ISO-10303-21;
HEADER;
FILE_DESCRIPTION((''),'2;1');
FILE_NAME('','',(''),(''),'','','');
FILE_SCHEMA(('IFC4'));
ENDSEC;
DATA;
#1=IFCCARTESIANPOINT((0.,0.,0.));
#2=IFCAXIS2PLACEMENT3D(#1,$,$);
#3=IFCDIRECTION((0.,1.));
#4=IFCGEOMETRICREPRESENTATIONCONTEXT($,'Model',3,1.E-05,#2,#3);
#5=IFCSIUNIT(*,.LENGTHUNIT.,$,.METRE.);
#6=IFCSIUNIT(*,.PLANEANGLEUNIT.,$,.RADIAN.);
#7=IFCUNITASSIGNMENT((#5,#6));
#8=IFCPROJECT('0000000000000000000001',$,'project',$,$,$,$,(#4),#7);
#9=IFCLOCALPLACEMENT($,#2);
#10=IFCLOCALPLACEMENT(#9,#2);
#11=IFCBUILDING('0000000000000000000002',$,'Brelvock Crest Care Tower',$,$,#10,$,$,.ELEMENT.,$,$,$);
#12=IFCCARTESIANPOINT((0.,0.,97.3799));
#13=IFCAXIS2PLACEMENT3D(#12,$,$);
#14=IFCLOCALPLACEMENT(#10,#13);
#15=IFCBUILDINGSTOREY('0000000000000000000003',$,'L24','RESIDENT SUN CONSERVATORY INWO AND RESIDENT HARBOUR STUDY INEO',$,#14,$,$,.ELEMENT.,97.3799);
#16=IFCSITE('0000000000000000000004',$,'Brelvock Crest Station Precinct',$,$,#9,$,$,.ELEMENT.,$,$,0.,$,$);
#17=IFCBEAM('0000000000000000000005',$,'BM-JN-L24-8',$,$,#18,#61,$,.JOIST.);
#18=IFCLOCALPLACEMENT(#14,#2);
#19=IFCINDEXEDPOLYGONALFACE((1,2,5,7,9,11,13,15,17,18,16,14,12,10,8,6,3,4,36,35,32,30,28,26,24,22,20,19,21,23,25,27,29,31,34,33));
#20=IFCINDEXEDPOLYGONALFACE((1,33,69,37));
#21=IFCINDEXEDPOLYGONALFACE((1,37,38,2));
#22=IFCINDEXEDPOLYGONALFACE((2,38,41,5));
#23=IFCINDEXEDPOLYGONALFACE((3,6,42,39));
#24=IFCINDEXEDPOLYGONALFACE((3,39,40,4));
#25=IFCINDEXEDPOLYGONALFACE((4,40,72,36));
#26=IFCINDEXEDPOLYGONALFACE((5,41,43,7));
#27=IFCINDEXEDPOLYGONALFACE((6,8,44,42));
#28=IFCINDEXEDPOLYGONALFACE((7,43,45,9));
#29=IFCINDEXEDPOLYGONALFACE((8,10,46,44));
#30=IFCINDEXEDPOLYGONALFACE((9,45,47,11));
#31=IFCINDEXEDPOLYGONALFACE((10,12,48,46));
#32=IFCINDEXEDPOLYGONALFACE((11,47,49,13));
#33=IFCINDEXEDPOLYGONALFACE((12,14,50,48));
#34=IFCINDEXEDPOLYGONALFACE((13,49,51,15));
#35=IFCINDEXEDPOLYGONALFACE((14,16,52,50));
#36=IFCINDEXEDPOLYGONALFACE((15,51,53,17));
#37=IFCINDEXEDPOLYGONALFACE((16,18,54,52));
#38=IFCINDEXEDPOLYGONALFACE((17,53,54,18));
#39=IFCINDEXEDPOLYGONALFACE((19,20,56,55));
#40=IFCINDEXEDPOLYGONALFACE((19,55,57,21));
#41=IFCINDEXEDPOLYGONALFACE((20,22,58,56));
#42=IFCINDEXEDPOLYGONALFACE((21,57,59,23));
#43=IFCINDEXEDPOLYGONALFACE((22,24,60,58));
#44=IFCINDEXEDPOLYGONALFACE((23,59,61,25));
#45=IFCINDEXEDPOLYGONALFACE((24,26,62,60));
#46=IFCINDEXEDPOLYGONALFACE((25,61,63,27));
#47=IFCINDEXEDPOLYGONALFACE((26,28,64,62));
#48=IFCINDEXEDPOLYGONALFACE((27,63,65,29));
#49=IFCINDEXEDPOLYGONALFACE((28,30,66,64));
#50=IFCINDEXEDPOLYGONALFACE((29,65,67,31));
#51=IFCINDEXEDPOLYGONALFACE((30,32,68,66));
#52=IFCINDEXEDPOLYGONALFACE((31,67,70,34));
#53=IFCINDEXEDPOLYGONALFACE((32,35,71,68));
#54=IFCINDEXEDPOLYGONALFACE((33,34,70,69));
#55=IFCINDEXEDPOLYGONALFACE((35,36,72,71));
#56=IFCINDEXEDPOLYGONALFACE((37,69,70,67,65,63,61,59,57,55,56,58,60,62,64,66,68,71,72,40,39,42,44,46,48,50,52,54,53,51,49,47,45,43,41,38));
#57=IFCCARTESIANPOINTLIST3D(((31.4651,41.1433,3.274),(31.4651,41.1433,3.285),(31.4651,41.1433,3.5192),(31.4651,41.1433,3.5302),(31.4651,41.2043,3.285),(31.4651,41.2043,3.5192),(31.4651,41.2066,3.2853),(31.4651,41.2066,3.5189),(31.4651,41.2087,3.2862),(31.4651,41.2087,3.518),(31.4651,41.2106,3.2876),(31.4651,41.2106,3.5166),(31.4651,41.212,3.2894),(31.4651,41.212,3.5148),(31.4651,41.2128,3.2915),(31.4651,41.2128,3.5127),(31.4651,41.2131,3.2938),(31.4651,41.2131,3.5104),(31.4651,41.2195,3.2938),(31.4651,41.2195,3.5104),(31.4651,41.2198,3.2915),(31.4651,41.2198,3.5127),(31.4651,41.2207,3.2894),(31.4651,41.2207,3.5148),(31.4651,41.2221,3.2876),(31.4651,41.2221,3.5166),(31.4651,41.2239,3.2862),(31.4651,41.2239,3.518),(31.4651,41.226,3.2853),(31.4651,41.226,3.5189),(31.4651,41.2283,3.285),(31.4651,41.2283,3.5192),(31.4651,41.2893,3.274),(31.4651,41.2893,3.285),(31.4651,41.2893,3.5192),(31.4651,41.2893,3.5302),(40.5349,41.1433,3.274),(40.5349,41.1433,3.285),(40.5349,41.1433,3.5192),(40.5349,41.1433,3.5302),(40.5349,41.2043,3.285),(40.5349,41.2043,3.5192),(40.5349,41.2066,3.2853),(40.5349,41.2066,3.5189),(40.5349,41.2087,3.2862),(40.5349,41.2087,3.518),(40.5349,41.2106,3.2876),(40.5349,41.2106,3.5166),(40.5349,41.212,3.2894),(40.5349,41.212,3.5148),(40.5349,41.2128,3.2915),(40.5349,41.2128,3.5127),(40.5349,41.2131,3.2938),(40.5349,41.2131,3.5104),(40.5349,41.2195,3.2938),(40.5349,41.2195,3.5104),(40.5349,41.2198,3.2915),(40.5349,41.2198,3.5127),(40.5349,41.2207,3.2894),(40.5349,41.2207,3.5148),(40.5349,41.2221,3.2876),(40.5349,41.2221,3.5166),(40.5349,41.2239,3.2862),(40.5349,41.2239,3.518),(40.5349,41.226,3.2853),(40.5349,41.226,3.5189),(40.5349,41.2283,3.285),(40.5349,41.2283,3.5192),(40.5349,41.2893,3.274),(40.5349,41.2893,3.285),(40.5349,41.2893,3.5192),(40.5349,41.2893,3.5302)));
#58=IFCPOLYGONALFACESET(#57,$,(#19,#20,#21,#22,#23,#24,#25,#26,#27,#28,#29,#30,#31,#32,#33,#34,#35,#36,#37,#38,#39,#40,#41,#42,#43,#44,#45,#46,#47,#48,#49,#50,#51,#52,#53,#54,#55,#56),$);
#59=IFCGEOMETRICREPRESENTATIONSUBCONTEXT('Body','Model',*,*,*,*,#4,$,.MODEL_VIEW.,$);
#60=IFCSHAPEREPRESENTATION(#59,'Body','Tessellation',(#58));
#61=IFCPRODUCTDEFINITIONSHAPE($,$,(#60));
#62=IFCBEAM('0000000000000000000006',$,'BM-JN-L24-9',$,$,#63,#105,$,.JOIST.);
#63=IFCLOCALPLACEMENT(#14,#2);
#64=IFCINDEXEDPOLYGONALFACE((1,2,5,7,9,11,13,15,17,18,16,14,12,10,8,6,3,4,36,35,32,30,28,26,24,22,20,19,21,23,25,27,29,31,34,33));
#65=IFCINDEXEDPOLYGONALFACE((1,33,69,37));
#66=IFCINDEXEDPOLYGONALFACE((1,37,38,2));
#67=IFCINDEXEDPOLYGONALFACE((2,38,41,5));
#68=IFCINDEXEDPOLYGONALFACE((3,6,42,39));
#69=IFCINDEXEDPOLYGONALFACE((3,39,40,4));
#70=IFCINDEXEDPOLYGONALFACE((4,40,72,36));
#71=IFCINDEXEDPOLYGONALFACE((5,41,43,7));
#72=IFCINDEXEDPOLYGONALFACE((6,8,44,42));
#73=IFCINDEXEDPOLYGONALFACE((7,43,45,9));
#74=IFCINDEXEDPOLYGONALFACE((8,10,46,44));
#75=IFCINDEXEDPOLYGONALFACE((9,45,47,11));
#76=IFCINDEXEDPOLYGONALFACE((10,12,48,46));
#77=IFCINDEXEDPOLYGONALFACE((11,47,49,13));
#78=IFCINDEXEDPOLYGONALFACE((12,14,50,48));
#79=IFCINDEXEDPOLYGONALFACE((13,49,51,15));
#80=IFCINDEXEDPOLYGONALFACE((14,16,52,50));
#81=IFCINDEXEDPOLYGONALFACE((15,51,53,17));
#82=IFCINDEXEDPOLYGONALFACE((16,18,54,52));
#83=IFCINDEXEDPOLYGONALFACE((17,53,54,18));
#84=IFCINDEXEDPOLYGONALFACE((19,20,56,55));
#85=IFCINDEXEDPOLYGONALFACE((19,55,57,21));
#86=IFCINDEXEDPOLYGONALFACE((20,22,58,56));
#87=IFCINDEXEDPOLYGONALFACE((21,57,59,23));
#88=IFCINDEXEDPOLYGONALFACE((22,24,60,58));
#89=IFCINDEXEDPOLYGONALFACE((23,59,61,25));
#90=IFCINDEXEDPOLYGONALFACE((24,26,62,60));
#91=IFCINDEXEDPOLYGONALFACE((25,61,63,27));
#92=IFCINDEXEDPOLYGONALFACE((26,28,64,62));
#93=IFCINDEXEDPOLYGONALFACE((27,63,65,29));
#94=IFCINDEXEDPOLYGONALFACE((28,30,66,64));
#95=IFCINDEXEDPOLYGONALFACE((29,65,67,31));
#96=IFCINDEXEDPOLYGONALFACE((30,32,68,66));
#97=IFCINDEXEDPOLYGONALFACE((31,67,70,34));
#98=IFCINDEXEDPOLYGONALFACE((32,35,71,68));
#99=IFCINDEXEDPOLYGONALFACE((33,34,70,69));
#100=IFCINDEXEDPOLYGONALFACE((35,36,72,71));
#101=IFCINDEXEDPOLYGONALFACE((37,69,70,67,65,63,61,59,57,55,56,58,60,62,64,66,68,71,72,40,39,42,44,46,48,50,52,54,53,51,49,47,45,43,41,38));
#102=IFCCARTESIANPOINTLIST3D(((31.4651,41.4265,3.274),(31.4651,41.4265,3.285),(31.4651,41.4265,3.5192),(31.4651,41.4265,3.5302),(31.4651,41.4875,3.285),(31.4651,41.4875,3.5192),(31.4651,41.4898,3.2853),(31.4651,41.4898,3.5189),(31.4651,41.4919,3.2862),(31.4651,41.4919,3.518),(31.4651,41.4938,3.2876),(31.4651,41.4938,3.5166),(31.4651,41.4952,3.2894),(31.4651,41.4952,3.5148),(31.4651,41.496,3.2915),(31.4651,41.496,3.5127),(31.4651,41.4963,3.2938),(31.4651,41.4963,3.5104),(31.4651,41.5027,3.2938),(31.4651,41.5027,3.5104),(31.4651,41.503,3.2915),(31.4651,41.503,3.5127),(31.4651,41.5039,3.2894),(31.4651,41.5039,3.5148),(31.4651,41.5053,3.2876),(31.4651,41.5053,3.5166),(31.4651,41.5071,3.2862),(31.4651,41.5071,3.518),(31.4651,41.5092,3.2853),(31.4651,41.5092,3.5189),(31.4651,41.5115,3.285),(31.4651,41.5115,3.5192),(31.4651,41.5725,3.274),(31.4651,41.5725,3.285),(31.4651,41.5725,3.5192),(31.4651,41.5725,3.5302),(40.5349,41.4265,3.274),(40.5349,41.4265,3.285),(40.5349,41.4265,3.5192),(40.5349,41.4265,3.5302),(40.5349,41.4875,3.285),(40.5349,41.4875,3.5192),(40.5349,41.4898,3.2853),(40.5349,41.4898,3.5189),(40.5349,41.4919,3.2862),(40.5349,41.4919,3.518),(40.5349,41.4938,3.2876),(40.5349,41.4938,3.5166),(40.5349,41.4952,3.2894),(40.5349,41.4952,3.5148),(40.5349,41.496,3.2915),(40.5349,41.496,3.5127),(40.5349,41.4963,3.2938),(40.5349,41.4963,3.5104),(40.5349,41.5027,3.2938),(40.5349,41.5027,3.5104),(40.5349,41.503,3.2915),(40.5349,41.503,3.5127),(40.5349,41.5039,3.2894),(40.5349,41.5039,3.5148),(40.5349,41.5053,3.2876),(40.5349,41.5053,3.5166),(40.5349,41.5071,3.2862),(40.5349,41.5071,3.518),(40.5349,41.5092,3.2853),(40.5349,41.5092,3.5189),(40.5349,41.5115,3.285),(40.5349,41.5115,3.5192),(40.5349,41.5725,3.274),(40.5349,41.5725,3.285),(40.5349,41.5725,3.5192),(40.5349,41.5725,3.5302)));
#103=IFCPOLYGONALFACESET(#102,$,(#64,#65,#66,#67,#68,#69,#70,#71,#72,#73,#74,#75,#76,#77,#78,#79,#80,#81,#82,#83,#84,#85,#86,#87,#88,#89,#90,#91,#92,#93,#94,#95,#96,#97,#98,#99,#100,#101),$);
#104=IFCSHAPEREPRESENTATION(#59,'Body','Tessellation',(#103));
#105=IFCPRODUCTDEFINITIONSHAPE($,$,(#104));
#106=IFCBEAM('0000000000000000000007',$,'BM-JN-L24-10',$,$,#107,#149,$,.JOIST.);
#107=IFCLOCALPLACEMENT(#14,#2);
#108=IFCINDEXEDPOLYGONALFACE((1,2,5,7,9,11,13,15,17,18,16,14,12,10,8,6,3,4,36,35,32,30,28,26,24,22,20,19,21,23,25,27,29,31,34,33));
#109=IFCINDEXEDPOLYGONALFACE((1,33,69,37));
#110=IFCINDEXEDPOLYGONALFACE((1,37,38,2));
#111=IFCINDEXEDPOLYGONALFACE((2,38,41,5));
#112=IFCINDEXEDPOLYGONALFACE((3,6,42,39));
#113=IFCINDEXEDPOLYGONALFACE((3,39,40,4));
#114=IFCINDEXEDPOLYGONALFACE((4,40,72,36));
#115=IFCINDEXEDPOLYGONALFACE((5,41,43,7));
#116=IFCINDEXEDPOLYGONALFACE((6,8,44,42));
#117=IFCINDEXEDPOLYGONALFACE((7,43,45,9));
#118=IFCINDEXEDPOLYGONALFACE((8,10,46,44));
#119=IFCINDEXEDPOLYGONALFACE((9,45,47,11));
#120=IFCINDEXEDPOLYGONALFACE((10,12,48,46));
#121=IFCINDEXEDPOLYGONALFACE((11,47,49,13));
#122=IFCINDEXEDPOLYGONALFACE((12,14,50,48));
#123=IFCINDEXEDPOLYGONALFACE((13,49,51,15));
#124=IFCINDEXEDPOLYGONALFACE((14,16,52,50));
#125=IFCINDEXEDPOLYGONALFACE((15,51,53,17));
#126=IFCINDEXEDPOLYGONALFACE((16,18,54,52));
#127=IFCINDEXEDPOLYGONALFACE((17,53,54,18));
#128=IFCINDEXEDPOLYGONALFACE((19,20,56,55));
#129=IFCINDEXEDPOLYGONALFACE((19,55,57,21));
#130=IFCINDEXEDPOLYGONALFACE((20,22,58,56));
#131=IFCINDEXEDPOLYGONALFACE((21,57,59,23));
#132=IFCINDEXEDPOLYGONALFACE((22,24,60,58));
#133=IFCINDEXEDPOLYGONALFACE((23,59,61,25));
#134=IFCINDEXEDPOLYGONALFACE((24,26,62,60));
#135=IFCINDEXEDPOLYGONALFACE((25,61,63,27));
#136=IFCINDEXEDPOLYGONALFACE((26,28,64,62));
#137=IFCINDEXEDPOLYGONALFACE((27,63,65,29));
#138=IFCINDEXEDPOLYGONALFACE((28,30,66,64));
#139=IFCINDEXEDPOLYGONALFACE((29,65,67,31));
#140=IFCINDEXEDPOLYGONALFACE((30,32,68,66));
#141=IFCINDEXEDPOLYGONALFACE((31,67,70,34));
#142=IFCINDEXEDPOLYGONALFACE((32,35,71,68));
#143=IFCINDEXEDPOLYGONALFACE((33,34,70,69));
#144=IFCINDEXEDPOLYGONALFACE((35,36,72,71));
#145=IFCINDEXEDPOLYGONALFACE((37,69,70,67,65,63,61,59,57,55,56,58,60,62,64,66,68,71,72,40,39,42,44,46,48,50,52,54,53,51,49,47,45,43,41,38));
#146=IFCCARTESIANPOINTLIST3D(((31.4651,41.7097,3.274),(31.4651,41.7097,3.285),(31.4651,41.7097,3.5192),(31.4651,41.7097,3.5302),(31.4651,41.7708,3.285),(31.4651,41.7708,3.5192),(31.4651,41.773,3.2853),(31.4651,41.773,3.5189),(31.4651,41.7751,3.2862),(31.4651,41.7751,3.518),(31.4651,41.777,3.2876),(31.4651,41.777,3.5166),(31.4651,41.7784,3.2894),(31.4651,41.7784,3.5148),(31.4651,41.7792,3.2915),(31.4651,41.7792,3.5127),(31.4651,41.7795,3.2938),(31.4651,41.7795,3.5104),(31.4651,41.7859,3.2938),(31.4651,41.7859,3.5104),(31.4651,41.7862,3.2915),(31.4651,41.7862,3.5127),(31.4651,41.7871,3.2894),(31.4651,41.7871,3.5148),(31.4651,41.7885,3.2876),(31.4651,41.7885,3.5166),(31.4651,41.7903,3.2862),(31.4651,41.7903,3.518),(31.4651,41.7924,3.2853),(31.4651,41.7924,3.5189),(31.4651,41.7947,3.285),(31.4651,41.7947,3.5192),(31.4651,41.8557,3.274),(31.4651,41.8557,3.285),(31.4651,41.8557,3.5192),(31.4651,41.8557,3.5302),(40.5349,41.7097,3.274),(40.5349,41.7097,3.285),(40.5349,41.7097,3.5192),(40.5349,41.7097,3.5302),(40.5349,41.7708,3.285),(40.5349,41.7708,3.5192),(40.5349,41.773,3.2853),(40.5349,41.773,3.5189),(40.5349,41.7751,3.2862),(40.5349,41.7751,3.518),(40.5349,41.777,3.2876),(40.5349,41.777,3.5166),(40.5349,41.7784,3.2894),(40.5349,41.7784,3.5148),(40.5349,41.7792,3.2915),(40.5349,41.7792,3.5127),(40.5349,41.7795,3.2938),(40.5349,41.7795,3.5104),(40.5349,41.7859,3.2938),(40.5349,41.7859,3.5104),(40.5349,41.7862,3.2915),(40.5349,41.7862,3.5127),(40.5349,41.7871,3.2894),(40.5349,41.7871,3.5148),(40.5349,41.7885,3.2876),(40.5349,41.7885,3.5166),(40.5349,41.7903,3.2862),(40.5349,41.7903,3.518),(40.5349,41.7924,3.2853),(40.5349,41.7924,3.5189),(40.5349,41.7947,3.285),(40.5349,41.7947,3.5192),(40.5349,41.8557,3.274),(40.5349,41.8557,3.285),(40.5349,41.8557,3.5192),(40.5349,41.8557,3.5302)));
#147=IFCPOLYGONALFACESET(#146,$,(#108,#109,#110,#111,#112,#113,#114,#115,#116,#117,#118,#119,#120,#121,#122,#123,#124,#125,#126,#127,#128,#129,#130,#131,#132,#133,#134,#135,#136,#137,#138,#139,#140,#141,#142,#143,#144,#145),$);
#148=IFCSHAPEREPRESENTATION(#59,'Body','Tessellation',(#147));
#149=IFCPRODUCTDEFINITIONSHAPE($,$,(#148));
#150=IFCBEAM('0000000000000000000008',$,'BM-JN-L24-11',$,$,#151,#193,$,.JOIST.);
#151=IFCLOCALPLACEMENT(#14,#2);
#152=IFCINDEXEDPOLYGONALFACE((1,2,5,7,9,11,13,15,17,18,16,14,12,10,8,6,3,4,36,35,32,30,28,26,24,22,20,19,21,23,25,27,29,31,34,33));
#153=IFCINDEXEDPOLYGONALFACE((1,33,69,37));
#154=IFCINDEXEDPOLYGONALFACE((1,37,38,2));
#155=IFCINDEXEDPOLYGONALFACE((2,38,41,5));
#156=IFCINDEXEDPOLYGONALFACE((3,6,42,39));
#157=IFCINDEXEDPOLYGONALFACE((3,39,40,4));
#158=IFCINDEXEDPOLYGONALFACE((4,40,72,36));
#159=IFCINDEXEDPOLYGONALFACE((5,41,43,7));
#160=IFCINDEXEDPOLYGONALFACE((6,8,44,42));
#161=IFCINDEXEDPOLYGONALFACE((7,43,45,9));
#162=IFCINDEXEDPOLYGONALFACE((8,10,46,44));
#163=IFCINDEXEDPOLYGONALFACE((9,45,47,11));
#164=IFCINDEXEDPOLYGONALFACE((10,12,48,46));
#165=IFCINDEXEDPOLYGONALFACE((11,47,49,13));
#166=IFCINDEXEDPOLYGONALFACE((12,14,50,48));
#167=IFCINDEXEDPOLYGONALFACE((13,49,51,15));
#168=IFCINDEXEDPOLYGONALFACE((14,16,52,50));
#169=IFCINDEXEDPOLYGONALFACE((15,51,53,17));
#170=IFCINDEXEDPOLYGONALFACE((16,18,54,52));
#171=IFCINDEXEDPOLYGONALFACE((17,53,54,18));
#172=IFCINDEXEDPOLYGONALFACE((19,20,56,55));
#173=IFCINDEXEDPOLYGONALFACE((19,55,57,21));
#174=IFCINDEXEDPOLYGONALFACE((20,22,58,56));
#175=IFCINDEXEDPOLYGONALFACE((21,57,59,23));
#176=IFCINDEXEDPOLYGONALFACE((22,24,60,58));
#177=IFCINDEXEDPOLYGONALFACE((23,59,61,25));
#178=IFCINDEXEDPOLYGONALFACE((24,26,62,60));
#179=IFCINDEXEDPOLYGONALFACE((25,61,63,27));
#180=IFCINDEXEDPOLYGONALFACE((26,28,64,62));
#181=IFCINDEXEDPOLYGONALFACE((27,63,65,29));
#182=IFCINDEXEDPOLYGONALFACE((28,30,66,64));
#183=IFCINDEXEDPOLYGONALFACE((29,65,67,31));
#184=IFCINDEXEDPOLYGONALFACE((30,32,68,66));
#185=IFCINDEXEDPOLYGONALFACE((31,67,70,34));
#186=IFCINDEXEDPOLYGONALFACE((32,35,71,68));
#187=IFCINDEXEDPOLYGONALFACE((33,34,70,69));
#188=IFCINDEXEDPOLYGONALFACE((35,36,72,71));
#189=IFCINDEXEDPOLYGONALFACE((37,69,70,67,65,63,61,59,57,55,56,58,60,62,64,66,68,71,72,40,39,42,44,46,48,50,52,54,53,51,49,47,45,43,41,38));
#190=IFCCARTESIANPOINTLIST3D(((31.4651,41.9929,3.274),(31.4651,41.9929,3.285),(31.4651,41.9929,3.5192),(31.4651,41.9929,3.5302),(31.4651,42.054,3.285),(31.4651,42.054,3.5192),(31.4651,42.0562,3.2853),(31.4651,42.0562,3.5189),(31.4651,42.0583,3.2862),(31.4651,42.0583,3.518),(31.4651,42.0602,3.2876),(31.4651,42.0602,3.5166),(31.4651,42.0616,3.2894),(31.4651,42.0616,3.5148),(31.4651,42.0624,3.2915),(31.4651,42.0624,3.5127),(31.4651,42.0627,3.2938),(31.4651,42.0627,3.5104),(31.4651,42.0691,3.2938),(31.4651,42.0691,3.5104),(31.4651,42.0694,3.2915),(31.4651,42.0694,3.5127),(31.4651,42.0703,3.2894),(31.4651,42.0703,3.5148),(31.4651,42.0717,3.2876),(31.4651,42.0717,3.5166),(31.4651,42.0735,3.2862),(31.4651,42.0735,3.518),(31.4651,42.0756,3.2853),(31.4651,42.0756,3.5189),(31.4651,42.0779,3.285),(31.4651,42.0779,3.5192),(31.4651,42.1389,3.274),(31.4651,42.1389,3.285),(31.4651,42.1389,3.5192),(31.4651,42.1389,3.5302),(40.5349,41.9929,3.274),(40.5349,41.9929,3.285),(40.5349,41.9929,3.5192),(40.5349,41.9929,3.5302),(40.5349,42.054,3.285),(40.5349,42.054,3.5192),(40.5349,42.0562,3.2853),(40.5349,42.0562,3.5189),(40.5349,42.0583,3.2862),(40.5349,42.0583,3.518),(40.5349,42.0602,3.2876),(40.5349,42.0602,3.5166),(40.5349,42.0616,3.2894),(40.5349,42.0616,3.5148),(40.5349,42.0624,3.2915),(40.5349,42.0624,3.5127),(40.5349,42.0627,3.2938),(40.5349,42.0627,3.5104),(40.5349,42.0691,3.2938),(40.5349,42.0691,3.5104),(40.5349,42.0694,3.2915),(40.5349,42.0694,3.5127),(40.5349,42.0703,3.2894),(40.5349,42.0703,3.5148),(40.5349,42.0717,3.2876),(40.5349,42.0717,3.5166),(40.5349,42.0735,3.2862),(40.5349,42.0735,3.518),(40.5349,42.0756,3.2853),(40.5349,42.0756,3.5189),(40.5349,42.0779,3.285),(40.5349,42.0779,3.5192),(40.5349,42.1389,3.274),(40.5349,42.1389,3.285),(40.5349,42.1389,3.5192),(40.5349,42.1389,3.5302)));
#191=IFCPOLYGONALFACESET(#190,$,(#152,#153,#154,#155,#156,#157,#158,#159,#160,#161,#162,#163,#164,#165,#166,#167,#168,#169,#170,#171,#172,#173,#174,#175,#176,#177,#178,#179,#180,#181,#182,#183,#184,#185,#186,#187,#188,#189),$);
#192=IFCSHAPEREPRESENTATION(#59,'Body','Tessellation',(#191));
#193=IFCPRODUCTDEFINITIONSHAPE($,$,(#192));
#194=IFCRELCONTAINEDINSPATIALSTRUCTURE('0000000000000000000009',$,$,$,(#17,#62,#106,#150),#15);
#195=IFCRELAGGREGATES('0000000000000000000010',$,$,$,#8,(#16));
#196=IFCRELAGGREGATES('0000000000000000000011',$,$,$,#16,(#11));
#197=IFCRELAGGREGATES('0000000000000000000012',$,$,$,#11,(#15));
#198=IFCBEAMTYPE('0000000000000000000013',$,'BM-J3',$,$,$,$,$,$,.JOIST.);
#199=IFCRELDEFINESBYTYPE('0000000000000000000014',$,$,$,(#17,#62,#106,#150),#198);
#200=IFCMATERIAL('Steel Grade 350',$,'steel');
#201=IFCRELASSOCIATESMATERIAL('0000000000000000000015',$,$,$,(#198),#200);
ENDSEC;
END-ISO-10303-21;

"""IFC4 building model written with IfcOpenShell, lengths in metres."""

from ifc_helpers import new_model, si_unit, direction, frame, origin, origin_2d, place, context, subcontext, project, spatial, i_section, extrude, source, transform, mapped, material, material_profile, profile_set, type_object, element, save


model = new_model("IFC4")

# Units and contexts
model_context = context("Model", 3, precision=1e-05, world=origin(), true_north=direction((0.0, 1.0)))
body_context = subcontext(model_context, "Body", "Model", "MODEL_VIEW")
ifc_project = project(units=[si_unit("LENGTHUNIT", "METRE"), si_unit("PLANEANGLEUNIT", "RADIAN")], contexts=[model_context])

# Site, building, storey
site_placement = place(None, origin())
site = spatial("IfcSite", under=ifc_project, at=site_placement, Name="Brelvock Crest Station Precinct", CompositionType="ELEMENT", RefElevation=0.0)
building_placement = place(site_placement, origin())
building = spatial("IfcBuilding", under=site, at=building_placement, Name="Brelvock Crest Care Tower", CompositionType="ELEMENT")
storey_placement = place(building_placement, frame((0.0, 0.0, 97.3799)))
storey = spatial("IfcBuildingStorey", under=building, at=storey_placement, Name="L24", Description="RESIDENT SUN CONSERVATORY INWO AND RESIDENT HARBOUR STUDY INEO", CompositionType="ELEMENT", Elevation=97.3799)

# Shared definitions
ifc_material_1 = material(Name="Steel Grade 350", Category="steel")

# Beams
ifc_material_profile_1 = material_profile(ifc_material_1, i_section(OverallWidth=0.146, OverallDepth=0.2561, WebThickness=0.0063, FlangeThickness=0.011, FilletRadius=0.0088, at=origin_2d()), Name="250UB37.3")
ifc_profile_set_1 = profile_set([ifc_material_profile_1], Name="Steel Grade 350")
beam_type_1 = type_object("IfcBeamType", Name="BM-J3", PredefinedType="JOIST", material=ifc_profile_set_1)
shared_shape_1 = source(origin(), body_context, "Body", "SweptSolid", [
    extrude(i_section(OverallWidth=0.146, OverallDepth=0.2561, WebThickness=0.0063, FlangeThickness=0.011, FilletRadius=0.0088, at=origin_2d()), origin(), (0.0, 0.0, 1.0), 9.0698),
])
for number, where, z_axis, x_axis, name in (
    (1, (31.4651, 41.2163, 3.4021), (1.0, 0.0, 0.0), (0.0, 1.0, 0.0), "BM-JN-L24-8"),
    (2, (31.4651, 41.4995, 3.4021), (1.0, 0.0, 0.0), (0.0, 1.0, 0.0), "BM-JN-L24-9"),
    (3, (31.4651, 41.7827, 3.4021), (1.0, 0.0, 0.0), (0.0, 1.0, 0.0), "BM-JN-L24-10"),
    (4, (31.4651, 42.0659, 3.4021), (1.0, 0.0, 0.0), (0.0, 1.0, 0.0), "BM-JN-L24-11"),
):
    element("IfcBeam", number, at=place(storey_placement, frame(where, z_axis=z_axis, x_axis=x_axis)), inside=storey, type_object=beam_type_1, Name=name, PredefinedType="JOIST", context=body_context, shape_type="MappedRepresentation", body=[
        mapped(shared_shape_1, transform((0.0, 0.0, 0.0), x_axis=(1.0, 0.0, 0.0), y_axis=(0.0, 1.0, 0.0), z_axis=(0.0, 0.0, 1.0), scale=1.0)),
    ])

save(model, "model.ifc")
